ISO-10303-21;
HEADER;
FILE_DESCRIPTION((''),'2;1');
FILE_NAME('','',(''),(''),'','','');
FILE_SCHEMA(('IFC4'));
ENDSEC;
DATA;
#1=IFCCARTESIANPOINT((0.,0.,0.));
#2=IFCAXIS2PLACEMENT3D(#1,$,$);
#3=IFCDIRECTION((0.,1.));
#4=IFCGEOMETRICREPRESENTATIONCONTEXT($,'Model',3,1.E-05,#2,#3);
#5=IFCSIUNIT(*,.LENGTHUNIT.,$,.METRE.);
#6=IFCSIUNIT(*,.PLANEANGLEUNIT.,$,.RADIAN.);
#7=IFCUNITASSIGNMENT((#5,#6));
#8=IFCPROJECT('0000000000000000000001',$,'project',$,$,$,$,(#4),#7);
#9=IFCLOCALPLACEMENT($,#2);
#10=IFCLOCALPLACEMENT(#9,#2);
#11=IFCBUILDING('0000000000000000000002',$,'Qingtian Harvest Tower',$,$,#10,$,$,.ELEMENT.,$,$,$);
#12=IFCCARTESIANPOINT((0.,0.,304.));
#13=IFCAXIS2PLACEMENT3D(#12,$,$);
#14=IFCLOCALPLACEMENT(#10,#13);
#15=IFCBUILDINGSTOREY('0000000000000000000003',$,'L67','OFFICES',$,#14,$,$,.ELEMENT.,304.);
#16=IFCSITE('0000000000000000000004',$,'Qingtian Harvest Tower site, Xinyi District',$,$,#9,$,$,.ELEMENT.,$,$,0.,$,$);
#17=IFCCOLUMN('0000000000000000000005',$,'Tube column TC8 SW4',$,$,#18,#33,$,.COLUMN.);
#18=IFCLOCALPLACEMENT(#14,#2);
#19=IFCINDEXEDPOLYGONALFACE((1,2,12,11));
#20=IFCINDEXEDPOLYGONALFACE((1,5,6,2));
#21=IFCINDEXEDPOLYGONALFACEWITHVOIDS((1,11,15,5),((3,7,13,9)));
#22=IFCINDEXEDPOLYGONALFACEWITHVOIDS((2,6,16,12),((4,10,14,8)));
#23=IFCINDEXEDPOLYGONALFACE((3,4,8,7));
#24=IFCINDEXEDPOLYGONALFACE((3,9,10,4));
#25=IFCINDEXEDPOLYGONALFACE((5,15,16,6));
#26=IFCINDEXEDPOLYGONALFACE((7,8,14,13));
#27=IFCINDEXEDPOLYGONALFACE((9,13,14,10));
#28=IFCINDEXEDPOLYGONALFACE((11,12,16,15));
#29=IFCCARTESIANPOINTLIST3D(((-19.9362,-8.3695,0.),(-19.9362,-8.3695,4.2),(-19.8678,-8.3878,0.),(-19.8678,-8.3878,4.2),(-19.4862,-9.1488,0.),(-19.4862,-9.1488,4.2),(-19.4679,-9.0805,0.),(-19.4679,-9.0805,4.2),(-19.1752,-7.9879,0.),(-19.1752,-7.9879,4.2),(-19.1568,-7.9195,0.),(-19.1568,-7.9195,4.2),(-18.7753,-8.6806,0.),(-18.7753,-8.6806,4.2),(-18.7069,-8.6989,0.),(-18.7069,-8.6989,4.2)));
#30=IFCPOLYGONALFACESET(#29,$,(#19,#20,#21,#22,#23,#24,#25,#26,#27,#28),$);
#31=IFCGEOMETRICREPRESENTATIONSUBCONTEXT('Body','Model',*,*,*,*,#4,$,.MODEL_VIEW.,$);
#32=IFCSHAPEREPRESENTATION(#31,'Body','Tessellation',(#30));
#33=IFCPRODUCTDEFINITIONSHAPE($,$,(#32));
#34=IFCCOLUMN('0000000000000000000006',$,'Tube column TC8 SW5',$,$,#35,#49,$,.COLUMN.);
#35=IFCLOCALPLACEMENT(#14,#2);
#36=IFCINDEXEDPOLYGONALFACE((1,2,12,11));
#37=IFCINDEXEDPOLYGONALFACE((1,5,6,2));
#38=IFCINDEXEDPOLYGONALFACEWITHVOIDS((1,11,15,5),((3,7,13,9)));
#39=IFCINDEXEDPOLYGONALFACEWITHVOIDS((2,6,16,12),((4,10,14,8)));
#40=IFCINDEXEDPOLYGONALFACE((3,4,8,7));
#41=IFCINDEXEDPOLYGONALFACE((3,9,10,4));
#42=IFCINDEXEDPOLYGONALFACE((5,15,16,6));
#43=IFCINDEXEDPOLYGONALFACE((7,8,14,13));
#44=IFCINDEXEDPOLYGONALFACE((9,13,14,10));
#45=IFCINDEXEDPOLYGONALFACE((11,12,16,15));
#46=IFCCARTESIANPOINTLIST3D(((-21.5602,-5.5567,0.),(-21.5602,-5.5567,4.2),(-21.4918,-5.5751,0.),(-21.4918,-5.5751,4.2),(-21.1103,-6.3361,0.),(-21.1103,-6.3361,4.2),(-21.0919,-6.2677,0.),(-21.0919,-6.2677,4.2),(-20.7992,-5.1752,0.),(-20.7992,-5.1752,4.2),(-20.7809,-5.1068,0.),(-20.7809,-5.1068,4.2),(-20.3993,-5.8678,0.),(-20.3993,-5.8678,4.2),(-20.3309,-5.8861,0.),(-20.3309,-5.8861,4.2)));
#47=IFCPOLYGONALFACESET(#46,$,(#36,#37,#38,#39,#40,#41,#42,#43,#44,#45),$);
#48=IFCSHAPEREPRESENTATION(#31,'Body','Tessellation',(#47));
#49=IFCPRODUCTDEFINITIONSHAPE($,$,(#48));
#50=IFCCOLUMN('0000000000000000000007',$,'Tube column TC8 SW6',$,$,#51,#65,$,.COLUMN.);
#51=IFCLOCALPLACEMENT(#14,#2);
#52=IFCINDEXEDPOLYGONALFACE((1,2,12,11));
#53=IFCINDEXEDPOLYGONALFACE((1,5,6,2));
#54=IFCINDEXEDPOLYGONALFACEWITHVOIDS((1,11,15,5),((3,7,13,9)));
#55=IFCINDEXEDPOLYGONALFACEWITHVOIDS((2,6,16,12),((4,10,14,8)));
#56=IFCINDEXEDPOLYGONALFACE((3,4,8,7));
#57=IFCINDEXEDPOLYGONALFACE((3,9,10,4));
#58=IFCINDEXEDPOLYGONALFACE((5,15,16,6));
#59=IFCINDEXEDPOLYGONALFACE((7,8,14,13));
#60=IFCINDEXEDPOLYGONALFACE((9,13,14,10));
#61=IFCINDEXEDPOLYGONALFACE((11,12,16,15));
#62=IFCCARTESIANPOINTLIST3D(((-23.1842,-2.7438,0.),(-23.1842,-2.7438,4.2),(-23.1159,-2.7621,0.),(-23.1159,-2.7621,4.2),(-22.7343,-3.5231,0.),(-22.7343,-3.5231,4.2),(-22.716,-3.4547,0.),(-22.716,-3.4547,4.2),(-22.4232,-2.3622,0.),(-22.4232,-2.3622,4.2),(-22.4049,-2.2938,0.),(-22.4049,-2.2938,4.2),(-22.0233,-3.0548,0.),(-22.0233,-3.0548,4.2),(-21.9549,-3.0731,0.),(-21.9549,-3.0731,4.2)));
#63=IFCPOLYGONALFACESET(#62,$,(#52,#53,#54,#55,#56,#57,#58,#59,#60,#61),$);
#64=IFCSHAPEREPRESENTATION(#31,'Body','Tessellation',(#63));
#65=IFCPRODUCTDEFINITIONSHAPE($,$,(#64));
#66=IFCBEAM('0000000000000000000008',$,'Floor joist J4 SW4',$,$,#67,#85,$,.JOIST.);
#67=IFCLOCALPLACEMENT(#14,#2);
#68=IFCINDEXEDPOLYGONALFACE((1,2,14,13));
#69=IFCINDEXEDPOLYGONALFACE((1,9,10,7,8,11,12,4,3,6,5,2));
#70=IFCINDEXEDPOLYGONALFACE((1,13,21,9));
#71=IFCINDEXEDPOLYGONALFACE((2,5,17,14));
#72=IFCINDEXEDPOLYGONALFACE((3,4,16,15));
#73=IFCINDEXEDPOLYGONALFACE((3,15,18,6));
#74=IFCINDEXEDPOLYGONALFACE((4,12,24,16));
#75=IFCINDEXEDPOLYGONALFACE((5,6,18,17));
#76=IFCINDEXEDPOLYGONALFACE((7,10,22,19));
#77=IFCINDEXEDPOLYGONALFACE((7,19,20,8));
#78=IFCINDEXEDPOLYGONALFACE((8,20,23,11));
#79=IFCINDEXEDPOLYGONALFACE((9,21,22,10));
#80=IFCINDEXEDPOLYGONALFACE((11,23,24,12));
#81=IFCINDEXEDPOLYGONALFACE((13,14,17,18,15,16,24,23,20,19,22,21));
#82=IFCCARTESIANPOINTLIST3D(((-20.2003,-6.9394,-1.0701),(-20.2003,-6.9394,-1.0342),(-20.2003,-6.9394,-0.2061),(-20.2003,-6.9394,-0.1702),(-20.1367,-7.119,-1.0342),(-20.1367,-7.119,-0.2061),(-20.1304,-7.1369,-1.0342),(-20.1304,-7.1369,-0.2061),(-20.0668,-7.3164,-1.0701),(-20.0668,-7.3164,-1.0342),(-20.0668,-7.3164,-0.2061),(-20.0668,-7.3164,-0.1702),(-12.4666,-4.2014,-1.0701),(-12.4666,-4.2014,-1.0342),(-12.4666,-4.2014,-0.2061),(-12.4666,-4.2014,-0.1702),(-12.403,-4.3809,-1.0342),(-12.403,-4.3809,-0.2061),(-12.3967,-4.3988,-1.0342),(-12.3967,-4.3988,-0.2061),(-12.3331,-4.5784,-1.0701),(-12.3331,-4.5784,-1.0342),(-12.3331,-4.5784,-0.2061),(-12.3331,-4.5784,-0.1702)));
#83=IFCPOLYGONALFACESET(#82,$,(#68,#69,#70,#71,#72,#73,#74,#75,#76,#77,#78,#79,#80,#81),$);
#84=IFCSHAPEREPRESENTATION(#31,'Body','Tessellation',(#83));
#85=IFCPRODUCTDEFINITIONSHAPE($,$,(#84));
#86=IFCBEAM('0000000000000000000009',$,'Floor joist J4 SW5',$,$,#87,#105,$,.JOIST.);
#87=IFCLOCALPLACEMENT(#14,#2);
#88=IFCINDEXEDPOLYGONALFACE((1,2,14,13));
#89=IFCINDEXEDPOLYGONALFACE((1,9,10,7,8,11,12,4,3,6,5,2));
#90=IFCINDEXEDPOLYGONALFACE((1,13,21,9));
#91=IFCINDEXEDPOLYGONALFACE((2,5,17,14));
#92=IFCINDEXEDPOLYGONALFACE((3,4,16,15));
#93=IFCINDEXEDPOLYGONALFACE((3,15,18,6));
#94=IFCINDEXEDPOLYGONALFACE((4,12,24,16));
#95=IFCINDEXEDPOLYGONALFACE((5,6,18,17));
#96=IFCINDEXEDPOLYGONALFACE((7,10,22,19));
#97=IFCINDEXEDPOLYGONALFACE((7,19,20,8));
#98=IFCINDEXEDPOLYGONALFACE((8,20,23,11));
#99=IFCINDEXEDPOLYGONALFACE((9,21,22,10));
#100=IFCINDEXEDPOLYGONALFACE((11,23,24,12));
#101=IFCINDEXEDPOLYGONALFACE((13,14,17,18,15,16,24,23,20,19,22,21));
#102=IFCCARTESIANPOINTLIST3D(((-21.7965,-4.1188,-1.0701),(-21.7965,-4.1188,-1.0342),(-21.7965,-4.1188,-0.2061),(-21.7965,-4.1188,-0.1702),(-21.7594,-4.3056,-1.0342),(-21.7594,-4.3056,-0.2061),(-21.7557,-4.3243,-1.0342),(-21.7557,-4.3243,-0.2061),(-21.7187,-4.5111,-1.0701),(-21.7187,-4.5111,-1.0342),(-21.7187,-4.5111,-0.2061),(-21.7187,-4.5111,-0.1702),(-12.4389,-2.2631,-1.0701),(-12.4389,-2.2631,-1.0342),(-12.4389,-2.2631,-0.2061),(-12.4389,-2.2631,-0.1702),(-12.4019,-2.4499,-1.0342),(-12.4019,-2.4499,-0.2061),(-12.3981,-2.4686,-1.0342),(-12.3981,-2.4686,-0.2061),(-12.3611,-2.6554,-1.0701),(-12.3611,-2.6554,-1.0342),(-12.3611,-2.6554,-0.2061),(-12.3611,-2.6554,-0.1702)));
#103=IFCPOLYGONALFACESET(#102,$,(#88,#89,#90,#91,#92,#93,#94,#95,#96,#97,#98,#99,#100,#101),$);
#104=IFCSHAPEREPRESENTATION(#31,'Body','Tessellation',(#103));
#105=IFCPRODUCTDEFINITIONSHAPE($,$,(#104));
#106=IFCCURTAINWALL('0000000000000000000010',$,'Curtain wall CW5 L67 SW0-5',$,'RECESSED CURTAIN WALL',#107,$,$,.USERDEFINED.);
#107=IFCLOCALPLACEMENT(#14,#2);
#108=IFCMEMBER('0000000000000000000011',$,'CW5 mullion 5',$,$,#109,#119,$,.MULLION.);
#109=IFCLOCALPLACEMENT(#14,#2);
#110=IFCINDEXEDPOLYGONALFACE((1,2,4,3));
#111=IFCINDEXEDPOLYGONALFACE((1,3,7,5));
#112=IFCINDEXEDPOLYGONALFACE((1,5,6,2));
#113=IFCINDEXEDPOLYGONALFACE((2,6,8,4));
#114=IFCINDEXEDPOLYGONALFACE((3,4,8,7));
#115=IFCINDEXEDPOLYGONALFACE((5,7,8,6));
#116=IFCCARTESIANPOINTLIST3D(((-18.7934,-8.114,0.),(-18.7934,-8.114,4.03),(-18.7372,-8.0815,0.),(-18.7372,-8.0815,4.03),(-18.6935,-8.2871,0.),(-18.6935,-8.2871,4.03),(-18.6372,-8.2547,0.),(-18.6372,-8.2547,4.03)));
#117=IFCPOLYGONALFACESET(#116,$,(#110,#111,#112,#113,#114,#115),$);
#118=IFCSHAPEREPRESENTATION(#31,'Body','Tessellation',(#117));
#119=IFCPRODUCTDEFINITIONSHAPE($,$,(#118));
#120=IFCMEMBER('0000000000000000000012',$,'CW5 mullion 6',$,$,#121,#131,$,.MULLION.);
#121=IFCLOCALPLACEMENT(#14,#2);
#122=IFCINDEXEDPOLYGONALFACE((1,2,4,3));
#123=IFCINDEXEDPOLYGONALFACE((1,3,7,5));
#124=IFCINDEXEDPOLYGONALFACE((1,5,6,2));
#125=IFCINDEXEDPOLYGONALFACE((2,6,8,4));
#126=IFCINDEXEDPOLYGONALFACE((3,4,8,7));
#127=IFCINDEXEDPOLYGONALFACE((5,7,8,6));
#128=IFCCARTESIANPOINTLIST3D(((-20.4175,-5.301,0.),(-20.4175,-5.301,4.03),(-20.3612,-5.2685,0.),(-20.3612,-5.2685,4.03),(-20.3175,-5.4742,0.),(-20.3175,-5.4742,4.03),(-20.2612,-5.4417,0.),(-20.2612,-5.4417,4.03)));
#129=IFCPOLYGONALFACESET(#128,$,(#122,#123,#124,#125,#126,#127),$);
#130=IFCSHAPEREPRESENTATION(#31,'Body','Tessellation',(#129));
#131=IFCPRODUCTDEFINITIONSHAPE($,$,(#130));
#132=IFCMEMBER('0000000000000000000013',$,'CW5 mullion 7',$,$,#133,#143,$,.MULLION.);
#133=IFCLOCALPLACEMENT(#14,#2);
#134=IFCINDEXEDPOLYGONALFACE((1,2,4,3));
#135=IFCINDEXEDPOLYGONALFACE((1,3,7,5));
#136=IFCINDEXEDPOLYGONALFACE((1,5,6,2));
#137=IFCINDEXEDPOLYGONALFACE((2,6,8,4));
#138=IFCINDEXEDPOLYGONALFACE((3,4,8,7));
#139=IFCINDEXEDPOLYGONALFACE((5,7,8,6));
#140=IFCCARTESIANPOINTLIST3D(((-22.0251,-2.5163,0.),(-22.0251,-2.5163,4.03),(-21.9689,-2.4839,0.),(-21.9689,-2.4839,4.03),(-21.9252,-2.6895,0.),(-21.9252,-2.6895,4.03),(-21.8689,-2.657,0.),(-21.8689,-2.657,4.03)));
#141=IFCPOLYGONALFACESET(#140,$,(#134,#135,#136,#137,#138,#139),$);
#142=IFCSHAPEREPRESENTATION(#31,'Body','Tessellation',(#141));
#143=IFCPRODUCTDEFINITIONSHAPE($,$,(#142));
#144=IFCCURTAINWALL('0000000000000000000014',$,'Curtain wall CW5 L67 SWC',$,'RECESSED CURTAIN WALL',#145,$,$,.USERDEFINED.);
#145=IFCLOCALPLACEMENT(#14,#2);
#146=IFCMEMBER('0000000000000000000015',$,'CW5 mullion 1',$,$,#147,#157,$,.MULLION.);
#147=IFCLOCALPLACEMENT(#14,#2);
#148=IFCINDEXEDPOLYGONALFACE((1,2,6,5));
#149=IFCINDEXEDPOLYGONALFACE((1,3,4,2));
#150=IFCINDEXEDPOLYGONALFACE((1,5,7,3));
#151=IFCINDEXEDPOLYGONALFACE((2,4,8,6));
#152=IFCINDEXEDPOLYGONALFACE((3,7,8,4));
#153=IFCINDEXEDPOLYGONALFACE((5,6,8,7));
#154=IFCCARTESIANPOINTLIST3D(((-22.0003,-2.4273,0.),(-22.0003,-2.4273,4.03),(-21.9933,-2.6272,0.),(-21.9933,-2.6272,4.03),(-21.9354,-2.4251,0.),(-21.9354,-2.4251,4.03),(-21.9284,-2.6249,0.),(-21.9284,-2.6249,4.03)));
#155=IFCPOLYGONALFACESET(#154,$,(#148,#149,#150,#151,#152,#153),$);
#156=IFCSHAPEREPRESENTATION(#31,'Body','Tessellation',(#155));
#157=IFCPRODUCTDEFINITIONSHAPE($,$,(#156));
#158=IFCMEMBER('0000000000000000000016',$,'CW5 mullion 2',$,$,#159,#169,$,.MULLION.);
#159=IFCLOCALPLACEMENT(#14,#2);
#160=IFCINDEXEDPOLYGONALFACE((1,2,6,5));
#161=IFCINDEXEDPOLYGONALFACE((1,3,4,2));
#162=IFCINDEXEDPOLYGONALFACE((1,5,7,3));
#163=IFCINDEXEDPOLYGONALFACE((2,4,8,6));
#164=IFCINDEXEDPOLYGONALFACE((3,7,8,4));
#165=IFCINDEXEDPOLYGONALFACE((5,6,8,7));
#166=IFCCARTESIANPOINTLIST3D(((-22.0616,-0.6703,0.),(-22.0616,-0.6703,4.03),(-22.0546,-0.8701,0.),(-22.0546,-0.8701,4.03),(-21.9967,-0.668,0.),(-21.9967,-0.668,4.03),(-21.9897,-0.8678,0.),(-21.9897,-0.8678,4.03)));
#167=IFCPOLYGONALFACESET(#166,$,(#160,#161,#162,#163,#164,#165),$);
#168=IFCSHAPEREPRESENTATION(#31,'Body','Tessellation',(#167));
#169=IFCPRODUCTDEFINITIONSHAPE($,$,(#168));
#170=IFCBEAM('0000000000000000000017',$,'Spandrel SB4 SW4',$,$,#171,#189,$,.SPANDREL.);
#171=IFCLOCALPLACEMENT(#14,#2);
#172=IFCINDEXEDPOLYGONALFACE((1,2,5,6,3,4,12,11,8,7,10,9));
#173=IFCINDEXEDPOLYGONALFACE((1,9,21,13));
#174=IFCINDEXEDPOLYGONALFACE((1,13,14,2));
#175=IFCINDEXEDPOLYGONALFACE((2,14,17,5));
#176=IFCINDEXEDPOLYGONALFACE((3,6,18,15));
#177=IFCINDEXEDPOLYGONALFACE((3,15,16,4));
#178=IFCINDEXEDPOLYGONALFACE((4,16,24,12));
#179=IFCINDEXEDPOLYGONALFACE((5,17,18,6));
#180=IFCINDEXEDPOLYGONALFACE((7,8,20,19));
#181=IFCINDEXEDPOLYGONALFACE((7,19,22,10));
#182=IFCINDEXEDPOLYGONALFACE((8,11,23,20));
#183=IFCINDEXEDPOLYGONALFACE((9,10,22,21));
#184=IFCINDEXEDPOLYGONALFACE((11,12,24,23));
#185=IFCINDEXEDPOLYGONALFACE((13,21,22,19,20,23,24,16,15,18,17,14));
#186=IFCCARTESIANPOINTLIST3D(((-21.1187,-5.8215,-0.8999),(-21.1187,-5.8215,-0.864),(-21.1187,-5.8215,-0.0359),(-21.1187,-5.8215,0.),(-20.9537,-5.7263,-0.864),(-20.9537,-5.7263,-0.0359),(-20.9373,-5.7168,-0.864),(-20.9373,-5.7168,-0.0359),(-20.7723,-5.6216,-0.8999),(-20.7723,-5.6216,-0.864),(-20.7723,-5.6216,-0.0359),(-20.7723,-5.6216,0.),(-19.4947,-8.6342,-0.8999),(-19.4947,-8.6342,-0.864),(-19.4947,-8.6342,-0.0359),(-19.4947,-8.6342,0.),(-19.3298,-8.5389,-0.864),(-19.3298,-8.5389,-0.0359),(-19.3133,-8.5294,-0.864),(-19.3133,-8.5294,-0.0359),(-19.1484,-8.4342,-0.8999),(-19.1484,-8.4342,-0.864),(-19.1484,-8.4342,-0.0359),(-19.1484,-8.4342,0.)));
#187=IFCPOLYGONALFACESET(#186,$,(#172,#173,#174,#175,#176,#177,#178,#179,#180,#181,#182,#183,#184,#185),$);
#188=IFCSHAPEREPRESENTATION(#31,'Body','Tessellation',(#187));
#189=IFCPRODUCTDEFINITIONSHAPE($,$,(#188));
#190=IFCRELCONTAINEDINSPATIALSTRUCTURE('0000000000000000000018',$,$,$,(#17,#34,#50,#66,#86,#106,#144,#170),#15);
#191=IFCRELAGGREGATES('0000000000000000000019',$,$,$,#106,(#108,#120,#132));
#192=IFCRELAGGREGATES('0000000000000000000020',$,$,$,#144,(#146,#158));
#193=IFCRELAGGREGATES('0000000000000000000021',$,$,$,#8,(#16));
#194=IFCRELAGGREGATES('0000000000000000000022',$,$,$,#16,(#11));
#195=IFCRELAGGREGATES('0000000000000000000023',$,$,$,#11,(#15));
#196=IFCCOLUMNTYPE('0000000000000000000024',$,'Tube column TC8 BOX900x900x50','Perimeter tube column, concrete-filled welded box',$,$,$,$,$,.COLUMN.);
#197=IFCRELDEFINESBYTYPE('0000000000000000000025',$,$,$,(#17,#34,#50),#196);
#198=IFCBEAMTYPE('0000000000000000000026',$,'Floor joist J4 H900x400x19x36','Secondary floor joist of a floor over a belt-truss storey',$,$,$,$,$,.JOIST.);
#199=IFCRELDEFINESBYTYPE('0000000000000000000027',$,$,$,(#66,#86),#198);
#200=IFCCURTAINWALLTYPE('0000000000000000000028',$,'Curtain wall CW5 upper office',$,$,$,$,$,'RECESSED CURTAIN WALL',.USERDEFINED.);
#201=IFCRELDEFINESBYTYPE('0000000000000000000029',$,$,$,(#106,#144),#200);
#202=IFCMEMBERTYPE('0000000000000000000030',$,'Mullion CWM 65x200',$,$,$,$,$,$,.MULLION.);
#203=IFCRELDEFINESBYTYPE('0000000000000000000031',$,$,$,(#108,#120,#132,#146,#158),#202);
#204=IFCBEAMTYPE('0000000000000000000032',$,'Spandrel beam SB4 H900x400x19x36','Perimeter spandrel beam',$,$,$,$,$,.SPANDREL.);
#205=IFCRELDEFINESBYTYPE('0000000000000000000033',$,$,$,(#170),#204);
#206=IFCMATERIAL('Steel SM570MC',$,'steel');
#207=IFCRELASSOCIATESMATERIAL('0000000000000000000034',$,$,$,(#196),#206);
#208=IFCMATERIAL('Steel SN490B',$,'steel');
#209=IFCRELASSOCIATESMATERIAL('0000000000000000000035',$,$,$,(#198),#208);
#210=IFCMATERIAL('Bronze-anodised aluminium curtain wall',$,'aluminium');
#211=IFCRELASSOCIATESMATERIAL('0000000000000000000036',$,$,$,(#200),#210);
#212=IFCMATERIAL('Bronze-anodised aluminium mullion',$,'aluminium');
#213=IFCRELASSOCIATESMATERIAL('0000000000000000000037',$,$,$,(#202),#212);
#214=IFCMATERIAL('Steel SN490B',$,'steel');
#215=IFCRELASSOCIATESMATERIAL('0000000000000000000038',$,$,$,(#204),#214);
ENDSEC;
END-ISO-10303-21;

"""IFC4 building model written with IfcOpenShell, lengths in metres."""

from ifc_helpers import new_model, si_unit, direction, frame, origin, origin_2d, place, context, subcontext, project, spatial, rectangle, hollow_rectangle, i_section, extrude, material, material_profile, profile_set, type_object, element, aggregate, save


model = new_model("IFC4")

# Units and contexts
model_context = context("Model", 3, precision=1e-05, world=origin(), true_north=direction((0.0, 1.0)))
body_context = subcontext(model_context, "Body", "Model", "MODEL_VIEW")
ifc_project = project(units=[si_unit("LENGTHUNIT", "METRE"), si_unit("PLANEANGLEUNIT", "RADIAN")], contexts=[model_context])

# Site, building, storey
site_placement = place(None, origin())
site = spatial("IfcSite", under=ifc_project, at=site_placement, Name="Qingtian Harvest Tower site, Xinyi District", CompositionType="ELEMENT", RefElevation=0.0)
building_placement = place(site_placement, origin())
building = spatial("IfcBuilding", under=site, at=building_placement, Name="Qingtian Harvest Tower", CompositionType="ELEMENT")
storey_placement = place(building_placement, frame((0.0, 0.0, 304.0)))
storey = spatial("IfcBuildingStorey", under=building, at=storey_placement, Name="L67", Description="OFFICES", CompositionType="ELEMENT", Elevation=304.0)

# Columns
ifc_material_1 = material(Name="Steel SM570MC", Category="steel")
ifc_material_profile_1 = material_profile(ifc_material_1, hollow_rectangle(XDim=0.8999, YDim=0.8999, WallThickness=0.05, at=origin_2d()), Name="BOX900x900x50")
ifc_profile_set_1 = profile_set([ifc_material_profile_1], Name="Steel SM570MC")
column_type = type_object("IfcColumnType", Name="Tube column TC8 BOX900x900x50", Description="Perimeter tube column, concrete-filled welded box", PredefinedType="COLUMN", material=ifc_profile_set_1)
for number, where, z_axis, x_axis, name in (
    (1, (-19.3215, -8.5342, 0.0), (0.0, 0.0, 1.0), (0.5, -0.866025, 0.0), "Tube column TC8 SW4"),
    (2, (-20.9456, -5.7214, 0.0), (0.0, 0.0, 1.0), (0.5, -0.866025, 0.0), "Tube column TC8 SW5"),
    (3, (-22.5696, -2.9084, 0.0), (0.0, 0.0, 1.0), (0.5, -0.866025, 0.0), "Tube column TC8 SW6"),
):
    element("IfcColumn", number, at=place(storey_placement, frame(where, z_axis=z_axis, x_axis=x_axis)), inside=storey, type_object=column_type, Name=name, PredefinedType="COLUMN", context=body_context, shape_type="SweptSolid", body=[
        extrude(hollow_rectangle(XDim=0.8999, YDim=0.8999, WallThickness=0.05, at=origin_2d()), origin(), (0.0, 0.0, 1.0), 4.2),
    ])

# Beams
ifc_material_2 = material(Name="Steel SN490B", Category="steel")
ifc_material_profile_2 = material_profile(ifc_material_2, i_section(OverallWidth=0.3999, OverallDepth=0.8999, WebThickness=0.019, FlangeThickness=0.0359, at=origin_2d()), Name="H900x400x19x36")
ifc_profile_set_2 = profile_set([ifc_material_profile_2], Name="Steel SN490B")
beam_type_1 = type_object("IfcBeamType", Name="Floor joist J4 H900x400x19x36", Description="Secondary floor joist of a floor over a belt-truss storey", PredefinedType="JOIST", material=ifc_profile_set_2)
beam_1_placement = place(storey_placement, frame((-20.1335, -7.1279, -0.6201), z_axis=(0.942664, 0.333743, 0.0), x_axis=(-0.333743, 0.942664, 0.0)))
element("IfcBeam", 4, at=beam_1_placement, inside=storey, type_object=beam_type_1, Name="Floor joist J4 SW4", PredefinedType="JOIST", context=body_context, shape_type="SweptSolid", body=[
    extrude(i_section(OverallWidth=0.3999, OverallDepth=0.8999, WebThickness=0.019, FlangeThickness=0.0359, at=origin_2d()), origin(), (0.0, 0.0, 1.0), 8.2041),
])
beam_2_placement = place(storey_placement, frame((-21.7576, -4.3149, -0.6201), z_axis=(0.980898, 0.194521, 0.0), x_axis=(-0.194521, 0.980898, 0.0)))
element("IfcBeam", 5, at=beam_2_placement, inside=storey, type_object=beam_type_1, Name="Floor joist J4 SW5", PredefinedType="JOIST", context=body_context, shape_type="SweptSolid", body=[
    extrude(i_section(OverallWidth=0.3999, OverallDepth=0.8999, WebThickness=0.019, FlangeThickness=0.0359, at=origin_2d()), origin(), (0.0, 0.0, 1.0), 9.5398),
])

# Curtain walls, members
ifc_material_3 = material(Name="Bronze-anodised aluminium curtain wall", Category="aluminium")
curtain_wall_type = type_object("IfcCurtainWallType", Name="Curtain wall CW5 upper office", ElementType="RECESSED CURTAIN WALL", PredefinedType="USERDEFINED", material=ifc_material_3)
curtain_wall_1_placement = place(storey_placement, origin())
curtain_wall_1 = element("IfcCurtainWall", 6, at=curtain_wall_1_placement, inside=storey, type_object=curtain_wall_type, Name="Curtain wall CW5 L67 SW0-5", ObjectType="RECESSED CURTAIN WALL", PredefinedType="USERDEFINED")
ifc_material_4 = material(Name="Bronze-anodised aluminium mullion", Category="aluminium")
ifc_material_profile_3 = material_profile(ifc_material_4, rectangle(XDim=0.0649, YDim=0.2, at=origin_2d()), Name="AL 65x200")
ifc_profile_set_3 = profile_set([ifc_material_profile_3], Name="Bronze-anodised aluminium mullion")
member_type_1 = type_object("IfcMemberType", Name="Mullion CWM 65x200", PredefinedType="MULLION", material=ifc_profile_set_3)
member_1_placement = place(storey_placement, frame((-18.7153, -8.1843, 0.0), z_axis=(0.0, 0.0, 1.0), x_axis=(-0.866025, -0.5, 0.0)))
member_1 = element("IfcMember", 7, at=member_1_placement, type_object=member_type_1, Name="CW5 mullion 5", PredefinedType="MULLION", context=body_context, shape_type="SweptSolid", body=[
    extrude(rectangle(XDim=0.0649, YDim=0.2, at=origin_2d()), origin(), (0.0, 0.0, 1.0), 4.03),
])
member_2_placement = place(storey_placement, frame((-20.3394, -5.3713, 0.0), z_axis=(0.0, 0.0, 1.0), x_axis=(-0.866025, -0.5, 0.0)))
member_2 = element("IfcMember", 8, at=member_2_placement, type_object=member_type_1, Name="CW5 mullion 6", PredefinedType="MULLION", context=body_context, shape_type="SweptSolid", body=[
    extrude(rectangle(XDim=0.0649, YDim=0.2, at=origin_2d()), origin(), (0.0, 0.0, 1.0), 4.03),
])
member_3_placement = place(storey_placement, frame((-21.947, -2.5867, 0.0), z_axis=(0.0, 0.0, 1.0), x_axis=(-0.866025, -0.5, 0.0)))
member_3 = element("IfcMember", 9, at=member_3_placement, type_object=member_type_1, Name="CW5 mullion 7", PredefinedType="MULLION", context=body_context, shape_type="SweptSolid", body=[
    extrude(rectangle(XDim=0.0649, YDim=0.2, at=origin_2d()), origin(), (0.0, 0.0, 1.0), 4.03),
])
curtain_wall_2_placement = place(storey_placement, origin())
curtain_wall_2 = element("IfcCurtainWall", 10, at=curtain_wall_2_placement, inside=storey, type_object=curtain_wall_type, Name="Curtain wall CW5 L67 SWC", ObjectType="RECESSED CURTAIN WALL", PredefinedType="USERDEFINED")
member_4_placement = place(storey_placement, frame((-21.9644, -2.5261, 0.0), z_axis=(0.0, 0.0, 1.0), x_axis=(-0.999391, -0.034899, 0.0)))
member_4 = element("IfcMember", 11, at=member_4_placement, type_object=member_type_1, Name="CW5 mullion 1", PredefinedType="MULLION", context=body_context, shape_type="SweptSolid", body=[
    extrude(rectangle(XDim=0.0649, YDim=0.2, at=origin_2d()), origin(), (0.0, 0.0, 1.0), 4.03),
])
member_5_placement = place(storey_placement, frame((-22.0256, -0.769, 0.0), z_axis=(0.0, 0.0, 1.0), x_axis=(-0.999391, -0.034899, 0.0)))
member_5 = element("IfcMember", 12, at=member_5_placement, type_object=member_type_1, Name="CW5 mullion 2", PredefinedType="MULLION", context=body_context, shape_type="SweptSolid", body=[
    extrude(rectangle(XDim=0.0649, YDim=0.2, at=origin_2d()), origin(), (0.0, 0.0, 1.0), 4.03),
])

# Beam
ifc_material_5 = material(Name="Steel SN490B", Category="steel")
ifc_material_profile_4 = material_profile(ifc_material_5, i_section(OverallWidth=0.3999, OverallDepth=0.8999, WebThickness=0.019, FlangeThickness=0.0359, at=origin_2d()), Name="H900x400x19x36")
ifc_profile_set_4 = profile_set([ifc_material_profile_4], Name="Steel SN490B")
beam_type_2 = type_object("IfcBeamType", Name="Spandrel beam SB4 H900x400x19x36", Description="Perimeter spandrel beam", PredefinedType="SPANDREL", material=ifc_profile_set_4)
beam_3_placement = place(storey_placement, frame((-19.3215, -8.5342, -0.45), z_axis=(-0.50002, 0.866014, 0.0), x_axis=(-0.866014, -0.50002, 0.0)))
element("IfcBeam", 13, at=beam_3_placement, inside=storey, type_object=beam_type_2, Name="Spandrel SB4 SW4", PredefinedType="SPANDREL", context=body_context, shape_type="SweptSolid", body=[
    extrude(i_section(OverallWidth=0.3999, OverallDepth=0.8999, WebThickness=0.019, FlangeThickness=0.0359, at=origin_2d()), origin(), (0.0, 0.0, 1.0), 3.2478),
])

aggregate(curtain_wall_1, [member_1, member_2, member_3])
aggregate(curtain_wall_2, [member_4, member_5])

save(model, "model.ifc")
